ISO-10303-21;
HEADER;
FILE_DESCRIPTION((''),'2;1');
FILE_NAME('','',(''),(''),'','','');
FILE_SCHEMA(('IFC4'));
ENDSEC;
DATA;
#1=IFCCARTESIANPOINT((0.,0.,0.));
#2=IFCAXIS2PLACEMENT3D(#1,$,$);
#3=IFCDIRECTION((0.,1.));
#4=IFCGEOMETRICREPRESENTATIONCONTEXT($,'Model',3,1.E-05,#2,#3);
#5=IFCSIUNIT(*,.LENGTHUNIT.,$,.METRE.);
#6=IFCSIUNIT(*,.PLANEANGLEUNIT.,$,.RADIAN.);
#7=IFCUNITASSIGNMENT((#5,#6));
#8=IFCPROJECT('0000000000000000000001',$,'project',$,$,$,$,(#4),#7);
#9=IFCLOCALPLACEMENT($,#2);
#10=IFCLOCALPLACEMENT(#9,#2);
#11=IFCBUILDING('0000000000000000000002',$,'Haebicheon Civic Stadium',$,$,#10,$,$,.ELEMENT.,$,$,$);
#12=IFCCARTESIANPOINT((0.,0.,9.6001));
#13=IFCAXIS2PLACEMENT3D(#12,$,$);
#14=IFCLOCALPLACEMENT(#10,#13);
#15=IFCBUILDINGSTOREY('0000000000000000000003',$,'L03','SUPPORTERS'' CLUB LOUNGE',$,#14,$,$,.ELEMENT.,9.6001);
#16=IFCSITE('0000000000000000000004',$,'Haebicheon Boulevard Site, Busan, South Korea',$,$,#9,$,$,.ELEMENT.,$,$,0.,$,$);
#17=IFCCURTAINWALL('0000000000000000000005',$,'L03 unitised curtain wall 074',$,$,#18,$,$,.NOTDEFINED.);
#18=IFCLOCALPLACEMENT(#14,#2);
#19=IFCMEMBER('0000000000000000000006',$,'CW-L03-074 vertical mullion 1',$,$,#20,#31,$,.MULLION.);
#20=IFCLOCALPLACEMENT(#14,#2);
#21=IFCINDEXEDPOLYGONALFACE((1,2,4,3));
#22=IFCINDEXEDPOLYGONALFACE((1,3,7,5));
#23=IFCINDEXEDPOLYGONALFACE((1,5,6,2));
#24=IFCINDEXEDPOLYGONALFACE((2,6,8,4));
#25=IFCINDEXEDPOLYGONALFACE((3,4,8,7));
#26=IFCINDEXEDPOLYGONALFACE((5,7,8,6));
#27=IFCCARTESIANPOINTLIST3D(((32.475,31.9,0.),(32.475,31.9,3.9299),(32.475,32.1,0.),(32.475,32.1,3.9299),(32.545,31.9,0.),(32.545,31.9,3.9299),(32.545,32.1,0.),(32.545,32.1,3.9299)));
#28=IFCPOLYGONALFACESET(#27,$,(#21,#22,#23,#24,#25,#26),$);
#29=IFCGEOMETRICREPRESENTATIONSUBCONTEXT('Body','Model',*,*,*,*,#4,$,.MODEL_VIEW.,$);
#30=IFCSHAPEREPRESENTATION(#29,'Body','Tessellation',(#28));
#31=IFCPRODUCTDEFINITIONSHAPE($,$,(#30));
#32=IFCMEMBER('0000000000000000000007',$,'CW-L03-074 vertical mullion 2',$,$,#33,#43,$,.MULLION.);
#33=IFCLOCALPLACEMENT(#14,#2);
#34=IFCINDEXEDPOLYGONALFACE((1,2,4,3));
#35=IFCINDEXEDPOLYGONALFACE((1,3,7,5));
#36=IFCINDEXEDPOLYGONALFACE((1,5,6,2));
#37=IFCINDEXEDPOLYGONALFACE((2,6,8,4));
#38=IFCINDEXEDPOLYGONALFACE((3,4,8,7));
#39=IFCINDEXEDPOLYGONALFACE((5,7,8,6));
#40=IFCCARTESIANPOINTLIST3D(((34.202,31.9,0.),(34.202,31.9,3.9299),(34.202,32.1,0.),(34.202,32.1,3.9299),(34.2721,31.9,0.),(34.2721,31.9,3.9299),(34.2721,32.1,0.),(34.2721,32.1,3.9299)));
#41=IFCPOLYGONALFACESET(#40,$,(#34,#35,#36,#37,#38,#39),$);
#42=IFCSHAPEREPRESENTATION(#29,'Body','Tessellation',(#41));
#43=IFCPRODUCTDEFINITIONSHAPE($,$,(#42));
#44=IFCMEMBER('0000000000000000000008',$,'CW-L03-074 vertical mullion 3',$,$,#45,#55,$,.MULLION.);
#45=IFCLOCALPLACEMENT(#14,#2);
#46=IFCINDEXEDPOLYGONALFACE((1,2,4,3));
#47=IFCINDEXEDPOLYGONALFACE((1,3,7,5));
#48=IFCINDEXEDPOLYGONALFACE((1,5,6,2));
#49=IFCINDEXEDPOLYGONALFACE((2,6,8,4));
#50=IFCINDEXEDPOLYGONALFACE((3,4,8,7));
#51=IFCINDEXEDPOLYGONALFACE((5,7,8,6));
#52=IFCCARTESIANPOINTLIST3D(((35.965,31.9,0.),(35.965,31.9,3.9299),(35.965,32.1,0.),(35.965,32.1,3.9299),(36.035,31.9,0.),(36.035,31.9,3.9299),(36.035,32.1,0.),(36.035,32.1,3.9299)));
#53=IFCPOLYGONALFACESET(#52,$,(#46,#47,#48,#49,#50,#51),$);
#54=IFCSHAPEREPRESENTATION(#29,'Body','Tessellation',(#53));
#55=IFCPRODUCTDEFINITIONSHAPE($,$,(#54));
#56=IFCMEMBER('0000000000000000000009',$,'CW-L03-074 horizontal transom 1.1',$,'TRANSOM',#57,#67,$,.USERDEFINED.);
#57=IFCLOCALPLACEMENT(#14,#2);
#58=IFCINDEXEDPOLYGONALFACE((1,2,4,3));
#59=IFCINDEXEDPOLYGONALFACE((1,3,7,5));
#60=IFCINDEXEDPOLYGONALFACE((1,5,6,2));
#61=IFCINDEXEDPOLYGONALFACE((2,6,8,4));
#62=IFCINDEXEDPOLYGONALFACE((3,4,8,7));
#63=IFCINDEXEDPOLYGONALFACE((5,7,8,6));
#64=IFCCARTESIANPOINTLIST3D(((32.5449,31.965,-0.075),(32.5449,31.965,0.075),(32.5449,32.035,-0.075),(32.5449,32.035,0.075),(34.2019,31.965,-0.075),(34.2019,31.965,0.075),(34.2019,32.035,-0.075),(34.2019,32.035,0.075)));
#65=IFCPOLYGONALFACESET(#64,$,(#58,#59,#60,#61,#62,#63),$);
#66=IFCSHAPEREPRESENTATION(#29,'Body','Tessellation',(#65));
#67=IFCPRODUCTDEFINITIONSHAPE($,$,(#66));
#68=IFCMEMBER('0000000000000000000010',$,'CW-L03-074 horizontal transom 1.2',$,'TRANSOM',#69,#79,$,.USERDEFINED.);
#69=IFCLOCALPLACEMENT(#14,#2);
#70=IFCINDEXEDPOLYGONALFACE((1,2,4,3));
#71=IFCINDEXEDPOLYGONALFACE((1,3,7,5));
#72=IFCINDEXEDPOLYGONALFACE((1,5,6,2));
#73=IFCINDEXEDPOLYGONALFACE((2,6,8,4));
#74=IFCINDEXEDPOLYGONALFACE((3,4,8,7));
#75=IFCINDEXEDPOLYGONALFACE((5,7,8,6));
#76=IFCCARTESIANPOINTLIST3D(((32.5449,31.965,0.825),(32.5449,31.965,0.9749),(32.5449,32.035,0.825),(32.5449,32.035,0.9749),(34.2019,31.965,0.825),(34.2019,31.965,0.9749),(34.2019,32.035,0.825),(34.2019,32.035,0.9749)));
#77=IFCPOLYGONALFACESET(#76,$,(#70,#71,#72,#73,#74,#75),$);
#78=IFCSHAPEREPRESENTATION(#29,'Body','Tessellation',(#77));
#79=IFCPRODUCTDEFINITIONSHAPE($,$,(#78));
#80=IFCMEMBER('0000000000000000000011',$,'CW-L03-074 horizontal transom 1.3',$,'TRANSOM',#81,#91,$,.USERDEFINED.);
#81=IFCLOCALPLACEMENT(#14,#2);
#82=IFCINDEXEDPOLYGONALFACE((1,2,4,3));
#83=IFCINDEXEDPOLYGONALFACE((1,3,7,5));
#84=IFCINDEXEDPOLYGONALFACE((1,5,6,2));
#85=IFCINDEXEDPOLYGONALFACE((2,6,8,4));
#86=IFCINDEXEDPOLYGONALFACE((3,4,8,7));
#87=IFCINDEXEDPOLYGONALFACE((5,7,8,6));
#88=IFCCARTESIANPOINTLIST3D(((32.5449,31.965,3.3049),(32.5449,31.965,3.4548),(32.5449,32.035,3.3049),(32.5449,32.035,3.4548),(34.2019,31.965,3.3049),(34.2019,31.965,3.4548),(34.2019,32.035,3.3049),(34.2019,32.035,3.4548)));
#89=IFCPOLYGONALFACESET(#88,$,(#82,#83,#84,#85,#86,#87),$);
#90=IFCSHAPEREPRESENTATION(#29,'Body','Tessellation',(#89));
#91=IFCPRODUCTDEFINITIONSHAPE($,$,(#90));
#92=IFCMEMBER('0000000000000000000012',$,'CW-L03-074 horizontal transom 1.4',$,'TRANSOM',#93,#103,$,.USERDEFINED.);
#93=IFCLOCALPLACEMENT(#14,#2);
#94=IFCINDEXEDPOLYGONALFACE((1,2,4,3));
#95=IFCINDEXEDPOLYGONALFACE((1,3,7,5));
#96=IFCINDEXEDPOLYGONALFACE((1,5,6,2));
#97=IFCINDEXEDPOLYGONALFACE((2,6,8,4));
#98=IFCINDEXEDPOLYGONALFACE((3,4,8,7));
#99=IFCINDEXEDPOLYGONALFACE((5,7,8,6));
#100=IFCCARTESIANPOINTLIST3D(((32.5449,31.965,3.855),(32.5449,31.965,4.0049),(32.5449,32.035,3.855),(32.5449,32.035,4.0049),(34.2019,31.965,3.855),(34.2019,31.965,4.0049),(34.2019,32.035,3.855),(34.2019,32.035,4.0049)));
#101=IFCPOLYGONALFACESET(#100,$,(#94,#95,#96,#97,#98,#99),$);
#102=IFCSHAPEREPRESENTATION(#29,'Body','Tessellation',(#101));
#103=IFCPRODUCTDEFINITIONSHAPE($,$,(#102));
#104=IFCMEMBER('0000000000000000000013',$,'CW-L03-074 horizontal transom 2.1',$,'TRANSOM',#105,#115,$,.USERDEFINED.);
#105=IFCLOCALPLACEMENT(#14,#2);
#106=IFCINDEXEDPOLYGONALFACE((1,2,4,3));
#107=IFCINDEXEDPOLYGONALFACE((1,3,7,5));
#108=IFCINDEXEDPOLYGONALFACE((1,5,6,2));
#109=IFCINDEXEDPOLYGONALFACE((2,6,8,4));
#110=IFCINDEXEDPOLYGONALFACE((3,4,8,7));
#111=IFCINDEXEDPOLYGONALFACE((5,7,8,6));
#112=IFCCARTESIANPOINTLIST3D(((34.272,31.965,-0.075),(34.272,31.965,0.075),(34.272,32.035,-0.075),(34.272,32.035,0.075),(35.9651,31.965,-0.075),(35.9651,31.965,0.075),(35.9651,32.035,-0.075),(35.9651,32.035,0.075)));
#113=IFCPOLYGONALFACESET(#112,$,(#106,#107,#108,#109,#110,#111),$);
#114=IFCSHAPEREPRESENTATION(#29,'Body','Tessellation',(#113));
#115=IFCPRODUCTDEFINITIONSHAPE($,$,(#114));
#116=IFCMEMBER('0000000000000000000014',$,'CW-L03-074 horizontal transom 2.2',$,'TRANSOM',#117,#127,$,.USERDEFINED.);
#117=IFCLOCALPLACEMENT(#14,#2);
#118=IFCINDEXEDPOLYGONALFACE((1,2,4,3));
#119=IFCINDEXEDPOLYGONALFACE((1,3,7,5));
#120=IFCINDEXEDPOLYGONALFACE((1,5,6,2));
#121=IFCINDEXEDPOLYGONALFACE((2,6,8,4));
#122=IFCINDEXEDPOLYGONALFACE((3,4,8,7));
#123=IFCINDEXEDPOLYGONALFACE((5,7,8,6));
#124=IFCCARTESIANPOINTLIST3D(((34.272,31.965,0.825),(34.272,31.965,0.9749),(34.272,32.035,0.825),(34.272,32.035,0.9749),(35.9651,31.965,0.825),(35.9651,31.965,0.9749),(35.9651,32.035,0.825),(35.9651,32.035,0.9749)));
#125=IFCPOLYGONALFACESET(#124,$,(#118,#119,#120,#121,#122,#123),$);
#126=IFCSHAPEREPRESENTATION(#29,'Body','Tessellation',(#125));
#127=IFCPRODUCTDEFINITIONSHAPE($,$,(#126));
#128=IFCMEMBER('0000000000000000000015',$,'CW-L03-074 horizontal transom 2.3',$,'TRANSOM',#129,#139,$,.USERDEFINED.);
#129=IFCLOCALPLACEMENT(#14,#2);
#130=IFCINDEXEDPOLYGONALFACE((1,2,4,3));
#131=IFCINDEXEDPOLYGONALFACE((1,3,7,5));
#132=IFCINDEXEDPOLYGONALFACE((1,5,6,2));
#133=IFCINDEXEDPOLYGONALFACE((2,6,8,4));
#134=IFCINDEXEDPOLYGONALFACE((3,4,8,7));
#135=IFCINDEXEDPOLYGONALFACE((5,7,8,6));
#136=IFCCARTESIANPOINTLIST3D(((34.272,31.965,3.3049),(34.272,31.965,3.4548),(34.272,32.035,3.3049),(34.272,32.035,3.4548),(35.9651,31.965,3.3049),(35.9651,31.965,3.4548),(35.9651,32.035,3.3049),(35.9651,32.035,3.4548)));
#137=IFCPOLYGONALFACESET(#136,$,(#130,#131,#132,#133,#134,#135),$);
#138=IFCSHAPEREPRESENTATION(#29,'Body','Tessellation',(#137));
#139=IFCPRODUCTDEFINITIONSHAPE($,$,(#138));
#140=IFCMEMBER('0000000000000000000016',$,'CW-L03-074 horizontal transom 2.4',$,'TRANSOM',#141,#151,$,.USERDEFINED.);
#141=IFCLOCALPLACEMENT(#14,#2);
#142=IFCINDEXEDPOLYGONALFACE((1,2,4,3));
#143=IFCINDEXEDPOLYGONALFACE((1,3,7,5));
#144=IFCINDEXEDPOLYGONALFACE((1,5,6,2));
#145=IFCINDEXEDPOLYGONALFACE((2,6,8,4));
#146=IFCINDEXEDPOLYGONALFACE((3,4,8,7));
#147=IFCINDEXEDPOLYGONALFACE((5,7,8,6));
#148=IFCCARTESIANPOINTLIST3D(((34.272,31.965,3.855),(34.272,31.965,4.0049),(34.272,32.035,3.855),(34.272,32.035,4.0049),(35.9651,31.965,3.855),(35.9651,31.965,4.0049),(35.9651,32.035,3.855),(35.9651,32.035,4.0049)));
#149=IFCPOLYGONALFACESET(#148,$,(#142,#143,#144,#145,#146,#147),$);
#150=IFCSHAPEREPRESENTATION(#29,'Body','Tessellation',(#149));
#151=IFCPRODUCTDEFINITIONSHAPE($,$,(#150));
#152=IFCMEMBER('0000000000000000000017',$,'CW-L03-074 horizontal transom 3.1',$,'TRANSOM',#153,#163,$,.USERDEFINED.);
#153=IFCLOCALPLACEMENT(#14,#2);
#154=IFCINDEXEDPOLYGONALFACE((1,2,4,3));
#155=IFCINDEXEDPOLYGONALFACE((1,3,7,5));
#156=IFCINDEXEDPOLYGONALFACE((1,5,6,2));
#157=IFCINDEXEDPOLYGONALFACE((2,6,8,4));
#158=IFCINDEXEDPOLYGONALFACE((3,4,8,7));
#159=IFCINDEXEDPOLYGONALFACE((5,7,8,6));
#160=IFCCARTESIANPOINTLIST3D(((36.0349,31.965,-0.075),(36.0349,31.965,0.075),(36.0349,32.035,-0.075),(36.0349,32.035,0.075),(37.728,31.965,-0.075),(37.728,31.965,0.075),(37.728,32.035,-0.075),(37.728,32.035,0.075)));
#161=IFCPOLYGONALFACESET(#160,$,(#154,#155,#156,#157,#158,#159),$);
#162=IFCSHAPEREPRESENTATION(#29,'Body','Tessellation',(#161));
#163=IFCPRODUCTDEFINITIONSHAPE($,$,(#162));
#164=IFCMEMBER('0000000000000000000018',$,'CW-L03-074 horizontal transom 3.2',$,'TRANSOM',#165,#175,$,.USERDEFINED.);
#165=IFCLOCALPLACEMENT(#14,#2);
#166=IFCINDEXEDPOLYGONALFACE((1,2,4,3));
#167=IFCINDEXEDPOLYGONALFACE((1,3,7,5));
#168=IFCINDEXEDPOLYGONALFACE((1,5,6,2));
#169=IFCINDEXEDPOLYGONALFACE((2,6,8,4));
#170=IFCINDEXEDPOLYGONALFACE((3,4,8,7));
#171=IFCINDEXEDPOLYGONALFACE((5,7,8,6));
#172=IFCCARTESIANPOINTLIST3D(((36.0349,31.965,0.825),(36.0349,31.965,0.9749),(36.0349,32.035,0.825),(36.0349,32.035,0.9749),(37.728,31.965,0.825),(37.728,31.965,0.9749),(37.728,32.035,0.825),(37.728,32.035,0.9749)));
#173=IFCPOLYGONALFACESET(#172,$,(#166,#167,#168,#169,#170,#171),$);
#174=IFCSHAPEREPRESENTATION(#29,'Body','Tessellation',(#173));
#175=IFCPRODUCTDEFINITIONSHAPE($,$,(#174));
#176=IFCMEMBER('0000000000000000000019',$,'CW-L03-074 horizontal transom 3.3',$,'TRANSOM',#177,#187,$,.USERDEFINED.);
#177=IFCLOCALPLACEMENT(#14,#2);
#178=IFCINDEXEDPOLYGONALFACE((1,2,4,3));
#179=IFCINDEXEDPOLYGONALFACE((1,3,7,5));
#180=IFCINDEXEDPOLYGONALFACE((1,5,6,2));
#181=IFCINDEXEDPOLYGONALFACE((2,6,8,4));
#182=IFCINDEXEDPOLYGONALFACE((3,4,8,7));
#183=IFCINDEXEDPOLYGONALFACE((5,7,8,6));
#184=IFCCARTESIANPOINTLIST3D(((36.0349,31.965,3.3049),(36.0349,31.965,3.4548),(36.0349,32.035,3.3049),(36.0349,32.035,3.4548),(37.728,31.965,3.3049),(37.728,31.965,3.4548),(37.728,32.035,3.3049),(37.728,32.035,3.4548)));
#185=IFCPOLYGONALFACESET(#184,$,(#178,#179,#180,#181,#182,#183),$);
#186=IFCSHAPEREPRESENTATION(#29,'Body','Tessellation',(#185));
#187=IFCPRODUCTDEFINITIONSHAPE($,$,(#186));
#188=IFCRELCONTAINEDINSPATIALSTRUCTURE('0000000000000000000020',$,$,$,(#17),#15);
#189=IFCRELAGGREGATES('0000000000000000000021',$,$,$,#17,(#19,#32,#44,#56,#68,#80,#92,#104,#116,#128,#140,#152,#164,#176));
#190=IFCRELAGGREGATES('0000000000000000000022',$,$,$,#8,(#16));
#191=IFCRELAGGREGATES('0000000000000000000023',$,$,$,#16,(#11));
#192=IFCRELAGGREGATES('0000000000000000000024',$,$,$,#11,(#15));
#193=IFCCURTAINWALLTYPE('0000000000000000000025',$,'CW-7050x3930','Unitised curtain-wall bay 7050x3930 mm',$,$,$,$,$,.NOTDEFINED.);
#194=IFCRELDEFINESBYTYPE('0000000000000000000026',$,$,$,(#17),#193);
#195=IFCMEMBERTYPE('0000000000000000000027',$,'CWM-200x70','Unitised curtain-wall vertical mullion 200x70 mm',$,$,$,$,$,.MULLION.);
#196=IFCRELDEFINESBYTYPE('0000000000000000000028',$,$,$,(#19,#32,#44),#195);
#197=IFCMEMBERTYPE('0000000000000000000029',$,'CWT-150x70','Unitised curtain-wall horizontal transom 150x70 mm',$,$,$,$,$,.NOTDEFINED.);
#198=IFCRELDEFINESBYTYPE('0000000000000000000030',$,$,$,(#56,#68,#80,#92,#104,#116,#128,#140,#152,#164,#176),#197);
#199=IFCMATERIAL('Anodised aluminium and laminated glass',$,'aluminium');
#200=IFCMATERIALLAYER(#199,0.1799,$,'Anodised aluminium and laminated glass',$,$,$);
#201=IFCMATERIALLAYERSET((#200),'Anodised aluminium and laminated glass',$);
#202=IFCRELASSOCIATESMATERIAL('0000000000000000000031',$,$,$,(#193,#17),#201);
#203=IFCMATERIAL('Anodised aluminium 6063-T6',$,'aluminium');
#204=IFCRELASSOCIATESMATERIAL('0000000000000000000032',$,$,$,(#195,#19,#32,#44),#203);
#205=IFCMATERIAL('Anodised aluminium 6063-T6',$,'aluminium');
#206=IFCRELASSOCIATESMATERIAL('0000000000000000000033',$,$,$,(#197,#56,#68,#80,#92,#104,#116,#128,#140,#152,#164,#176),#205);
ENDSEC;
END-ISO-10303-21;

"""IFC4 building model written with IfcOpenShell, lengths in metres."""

from ifc_helpers import new_model, si_unit, direction, frame, origin, origin_2d, place, context, subcontext, project, spatial, rectangle, extrude, material, layer, layer_set, material_profile, profile_set, type_object, element, aggregate, save


model = new_model("IFC4")

# Units and contexts
model_context = context("Model", 3, precision=1e-05, world=origin(), true_north=direction((0.0, 1.0)))
body_context = subcontext(model_context, "Body", "Model", "MODEL_VIEW")
ifc_project = project(units=[si_unit("LENGTHUNIT", "METRE"), si_unit("PLANEANGLEUNIT", "RADIAN")], contexts=[model_context])

# Site, building, storey
site_placement = place(None, origin())
site = spatial("IfcSite", under=ifc_project, at=site_placement, Name="Haebicheon Boulevard Site, Busan, South Korea", CompositionType="ELEMENT", RefElevation=0.0)
building_placement = place(site_placement, origin())
building = spatial("IfcBuilding", under=site, at=building_placement, Name="Haebicheon Civic Stadium", CompositionType="ELEMENT")
storey_placement = place(building_placement, frame((0.0, 0.0, 9.6001)))
storey = spatial("IfcBuildingStorey", under=building, at=storey_placement, Name="L03", Description="SUPPORTERS' CLUB LOUNGE", CompositionType="ELEMENT", Elevation=9.6001)

# Curtain wall, members
ifc_material_1 = material(Name="Anodised aluminium and laminated glass", Category="aluminium")
ifc_layer_1 = layer(ifc_material_1, 0.1799, Name="Anodised aluminium and laminated glass")
ifc_layer_set_1 = layer_set([ifc_layer_1], Name="Anodised aluminium and laminated glass")
curtain_wall_type = type_object("IfcCurtainWallType", Name="CW-7050x3930", Description="Unitised curtain-wall bay 7050x3930 mm", PredefinedType="NOTDEFINED", material=ifc_layer_set_1)
curtain_wall_placement = place(storey_placement, origin())
curtain_wall = element("IfcCurtainWall", 1, at=curtain_wall_placement, inside=storey, type_object=curtain_wall_type, material=ifc_layer_set_1, Name="L03 unitised curtain wall 074", PredefinedType="NOTDEFINED")
ifc_material_2 = material(Name="Anodised aluminium 6063-T6", Category="aluminium")
ifc_material_profile_1 = material_profile(ifc_material_2, rectangle(XDim=0.0701, YDim=0.2, at=origin_2d()), Name="ALU-MULL-70x200")
ifc_profile_set_1 = profile_set([ifc_material_profile_1], Name="Anodised aluminium 6063-T6")
member_type_1 = type_object("IfcMemberType", Name="CWM-200x70", Description="Unitised curtain-wall vertical mullion 200x70 mm", PredefinedType="MULLION", material=ifc_profile_set_1)
member_1_placement = place(storey_placement, frame((32.51, 32.0, 0.0), z_axis=(0.0, 0.0, 1.0), x_axis=(1.0, 0.0, 0.0)))
member_1 = element("IfcMember", 2, at=member_1_placement, type_object=member_type_1, material=ifc_profile_set_1, Name="CW-L03-074 vertical mullion 1", PredefinedType="MULLION", context=body_context, shape_type="SweptSolid", body=[
    extrude(rectangle(XDim=0.0701, YDim=0.2, at=origin_2d()), origin(), (0.0, 0.0, 1.0), 3.9299),
])
member_2_placement = place(storey_placement, frame((34.2371, 32.0, 0.0), z_axis=(0.0, 0.0, 1.0), x_axis=(1.0, 0.0, 0.0)))
member_2 = element("IfcMember", 3, at=member_2_placement, type_object=member_type_1, material=ifc_profile_set_1, Name="CW-L03-074 vertical mullion 2", PredefinedType="MULLION", context=body_context, shape_type="SweptSolid", body=[
    extrude(rectangle(XDim=0.0701, YDim=0.2, at=origin_2d()), origin(), (0.0, 0.0, 1.0), 3.9299),
])
member_3_placement = place(storey_placement, frame((36.0, 32.0, 0.0), z_axis=(0.0, 0.0, 1.0), x_axis=(1.0, 0.0, 0.0)))
member_3 = element("IfcMember", 4, at=member_3_placement, type_object=member_type_1, material=ifc_profile_set_1, Name="CW-L03-074 vertical mullion 3", PredefinedType="MULLION", context=body_context, shape_type="SweptSolid", body=[
    extrude(rectangle(XDim=0.0701, YDim=0.2, at=origin_2d()), origin(), (0.0, 0.0, 1.0), 3.9299),
])
ifc_material_3 = material(Name="Anodised aluminium 6063-T6", Category="aluminium")
ifc_material_profile_2 = material_profile(ifc_material_3, rectangle(XDim=0.0701, YDim=0.1499, at=origin_2d()), Name="ALU-TRAN-70x150")
ifc_profile_set_2 = profile_set([ifc_material_profile_2], Name="Anodised aluminium 6063-T6")
member_type_2 = type_object("IfcMemberType", Name="CWT-150x70", Description="Unitised curtain-wall horizontal transom 150x70 mm", PredefinedType="NOTDEFINED", material=ifc_profile_set_2)
member_4_placement = place(storey_placement, frame((32.5449, 32.0, 0.0), z_axis=(1.0, 0.0, 0.0), x_axis=(0.0, 1.0, 0.0)))
member_4 = element("IfcMember", 5, at=member_4_placement, type_object=member_type_2, material=ifc_profile_set_2, Name="CW-L03-074 horizontal transom 1.1", ObjectType="TRANSOM", PredefinedType="USERDEFINED", context=body_context, shape_type="SweptSolid", body=[
    extrude(rectangle(XDim=0.0701, YDim=0.1499, at=origin_2d()), origin(), (0.0, 0.0, 1.0), 1.657),
])
member_5_placement = place(storey_placement, frame((32.5449, 32.0, 0.8999), z_axis=(1.0, 0.0, 0.0), x_axis=(0.0, 1.0, 0.0)))
member_5 = element("IfcMember", 6, at=member_5_placement, type_object=member_type_2, material=ifc_profile_set_2, Name="CW-L03-074 horizontal transom 1.2", ObjectType="TRANSOM", PredefinedType="USERDEFINED", context=body_context, shape_type="SweptSolid", body=[
    extrude(rectangle(XDim=0.0701, YDim=0.1499, at=origin_2d()), origin(), (0.0, 0.0, 1.0), 1.657),
])
member_6_placement = place(storey_placement, frame((32.5449, 32.0, 3.3799), z_axis=(1.0, 0.0, 0.0), x_axis=(0.0, 1.0, 0.0)))
member_6 = element("IfcMember", 7, at=member_6_placement, type_object=member_type_2, material=ifc_profile_set_2, Name="CW-L03-074 horizontal transom 1.3", ObjectType="TRANSOM", PredefinedType="USERDEFINED", context=body_context, shape_type="SweptSolid", body=[
    extrude(rectangle(XDim=0.0701, YDim=0.1499, at=origin_2d()), origin(), (0.0, 0.0, 1.0), 1.657),
])
member_7_placement = place(storey_placement, frame((32.5449, 32.0, 3.9299), z_axis=(1.0, 0.0, 0.0), x_axis=(0.0, 1.0, 0.0)))
member_7 = element("IfcMember", 8, at=member_7_placement, type_object=member_type_2, material=ifc_profile_set_2, Name="CW-L03-074 horizontal transom 1.4", ObjectType="TRANSOM", PredefinedType="USERDEFINED", context=body_context, shape_type="SweptSolid", body=[
    extrude(rectangle(XDim=0.0701, YDim=0.1499, at=origin_2d()), origin(), (0.0, 0.0, 1.0), 1.657),
])
member_8_placement = place(storey_placement, frame((34.272, 32.0, 0.0), z_axis=(1.0, 0.0, 0.0), x_axis=(0.0, 1.0, 0.0)))
member_8 = element("IfcMember", 9, at=member_8_placement, type_object=member_type_2, material=ifc_profile_set_2, Name="CW-L03-074 horizontal transom 2.1", ObjectType="TRANSOM", PredefinedType="USERDEFINED", context=body_context, shape_type="SweptSolid", body=[
    extrude(rectangle(XDim=0.0701, YDim=0.1499, at=origin_2d()), origin(), (0.0, 0.0, 1.0), 1.6931),
])
member_9_placement = place(storey_placement, frame((34.272, 32.0, 0.8999), z_axis=(1.0, 0.0, 0.0), x_axis=(0.0, 1.0, 0.0)))
member_9 = element("IfcMember", 10, at=member_9_placement, type_object=member_type_2, material=ifc_profile_set_2, Name="CW-L03-074 horizontal transom 2.2", ObjectType="TRANSOM", PredefinedType="USERDEFINED", context=body_context, shape_type="SweptSolid", body=[
    extrude(rectangle(XDim=0.0701, YDim=0.1499, at=origin_2d()), origin(), (0.0, 0.0, 1.0), 1.6931),
])
member_10_placement = place(storey_placement, frame((34.272, 32.0, 3.3799), z_axis=(1.0, 0.0, 0.0), x_axis=(0.0, 1.0, 0.0)))
member_10 = element("IfcMember", 11, at=member_10_placement, type_object=member_type_2, material=ifc_profile_set_2, Name="CW-L03-074 horizontal transom 2.3", ObjectType="TRANSOM", PredefinedType="USERDEFINED", context=body_context, shape_type="SweptSolid", body=[
    extrude(rectangle(XDim=0.0701, YDim=0.1499, at=origin_2d()), origin(), (0.0, 0.0, 1.0), 1.6931),
])
member_11_placement = place(storey_placement, frame((34.272, 32.0, 3.9299), z_axis=(1.0, 0.0, 0.0), x_axis=(0.0, 1.0, 0.0)))
member_11 = element("IfcMember", 12, at=member_11_placement, type_object=member_type_2, material=ifc_profile_set_2, Name="CW-L03-074 horizontal transom 2.4", ObjectType="TRANSOM", PredefinedType="USERDEFINED", context=body_context, shape_type="SweptSolid", body=[
    extrude(rectangle(XDim=0.0701, YDim=0.1499, at=origin_2d()), origin(), (0.0, 0.0, 1.0), 1.6931),
])
member_12_placement = place(storey_placement, frame((36.0349, 32.0, 0.0), z_axis=(1.0, 0.0, 0.0), x_axis=(0.0, 1.0, 0.0)))
member_12 = element("IfcMember", 13, at=member_12_placement, type_object=member_type_2, material=ifc_profile_set_2, Name="CW-L03-074 horizontal transom 3.1", ObjectType="TRANSOM", PredefinedType="USERDEFINED", context=body_context, shape_type="SweptSolid", body=[
    extrude(rectangle(XDim=0.0701, YDim=0.1499, at=origin_2d()), origin(), (0.0, 0.0, 1.0), 1.6931),
])
member_13_placement = place(storey_placement, frame((36.0349, 32.0, 0.8999), z_axis=(1.0, 0.0, 0.0), x_axis=(0.0, 1.0, 0.0)))
member_13 = element("IfcMember", 14, at=member_13_placement, type_object=member_type_2, material=ifc_profile_set_2, Name="CW-L03-074 horizontal transom 3.2", ObjectType="TRANSOM", PredefinedType="USERDEFINED", context=body_context, shape_type="SweptSolid", body=[
    extrude(rectangle(XDim=0.0701, YDim=0.1499, at=origin_2d()), origin(), (0.0, 0.0, 1.0), 1.6931),
])
member_14_placement = place(storey_placement, frame((36.0349, 32.0, 3.3799), z_axis=(1.0, 0.0, 0.0), x_axis=(0.0, 1.0, 0.0)))
member_14 = element("IfcMember", 15, at=member_14_placement, type_object=member_type_2, material=ifc_profile_set_2, Name="CW-L03-074 horizontal transom 3.3", ObjectType="TRANSOM", PredefinedType="USERDEFINED", context=body_context, shape_type="SweptSolid", body=[
    extrude(rectangle(XDim=0.0701, YDim=0.1499, at=origin_2d()), origin(), (0.0, 0.0, 1.0), 1.6931),
])
aggregate(curtain_wall, [member_1, member_2, member_3, member_4, member_5, member_6, member_7, member_8, member_9, member_10, member_11, member_12, member_13, member_14])

save(model, "model.ifc")
